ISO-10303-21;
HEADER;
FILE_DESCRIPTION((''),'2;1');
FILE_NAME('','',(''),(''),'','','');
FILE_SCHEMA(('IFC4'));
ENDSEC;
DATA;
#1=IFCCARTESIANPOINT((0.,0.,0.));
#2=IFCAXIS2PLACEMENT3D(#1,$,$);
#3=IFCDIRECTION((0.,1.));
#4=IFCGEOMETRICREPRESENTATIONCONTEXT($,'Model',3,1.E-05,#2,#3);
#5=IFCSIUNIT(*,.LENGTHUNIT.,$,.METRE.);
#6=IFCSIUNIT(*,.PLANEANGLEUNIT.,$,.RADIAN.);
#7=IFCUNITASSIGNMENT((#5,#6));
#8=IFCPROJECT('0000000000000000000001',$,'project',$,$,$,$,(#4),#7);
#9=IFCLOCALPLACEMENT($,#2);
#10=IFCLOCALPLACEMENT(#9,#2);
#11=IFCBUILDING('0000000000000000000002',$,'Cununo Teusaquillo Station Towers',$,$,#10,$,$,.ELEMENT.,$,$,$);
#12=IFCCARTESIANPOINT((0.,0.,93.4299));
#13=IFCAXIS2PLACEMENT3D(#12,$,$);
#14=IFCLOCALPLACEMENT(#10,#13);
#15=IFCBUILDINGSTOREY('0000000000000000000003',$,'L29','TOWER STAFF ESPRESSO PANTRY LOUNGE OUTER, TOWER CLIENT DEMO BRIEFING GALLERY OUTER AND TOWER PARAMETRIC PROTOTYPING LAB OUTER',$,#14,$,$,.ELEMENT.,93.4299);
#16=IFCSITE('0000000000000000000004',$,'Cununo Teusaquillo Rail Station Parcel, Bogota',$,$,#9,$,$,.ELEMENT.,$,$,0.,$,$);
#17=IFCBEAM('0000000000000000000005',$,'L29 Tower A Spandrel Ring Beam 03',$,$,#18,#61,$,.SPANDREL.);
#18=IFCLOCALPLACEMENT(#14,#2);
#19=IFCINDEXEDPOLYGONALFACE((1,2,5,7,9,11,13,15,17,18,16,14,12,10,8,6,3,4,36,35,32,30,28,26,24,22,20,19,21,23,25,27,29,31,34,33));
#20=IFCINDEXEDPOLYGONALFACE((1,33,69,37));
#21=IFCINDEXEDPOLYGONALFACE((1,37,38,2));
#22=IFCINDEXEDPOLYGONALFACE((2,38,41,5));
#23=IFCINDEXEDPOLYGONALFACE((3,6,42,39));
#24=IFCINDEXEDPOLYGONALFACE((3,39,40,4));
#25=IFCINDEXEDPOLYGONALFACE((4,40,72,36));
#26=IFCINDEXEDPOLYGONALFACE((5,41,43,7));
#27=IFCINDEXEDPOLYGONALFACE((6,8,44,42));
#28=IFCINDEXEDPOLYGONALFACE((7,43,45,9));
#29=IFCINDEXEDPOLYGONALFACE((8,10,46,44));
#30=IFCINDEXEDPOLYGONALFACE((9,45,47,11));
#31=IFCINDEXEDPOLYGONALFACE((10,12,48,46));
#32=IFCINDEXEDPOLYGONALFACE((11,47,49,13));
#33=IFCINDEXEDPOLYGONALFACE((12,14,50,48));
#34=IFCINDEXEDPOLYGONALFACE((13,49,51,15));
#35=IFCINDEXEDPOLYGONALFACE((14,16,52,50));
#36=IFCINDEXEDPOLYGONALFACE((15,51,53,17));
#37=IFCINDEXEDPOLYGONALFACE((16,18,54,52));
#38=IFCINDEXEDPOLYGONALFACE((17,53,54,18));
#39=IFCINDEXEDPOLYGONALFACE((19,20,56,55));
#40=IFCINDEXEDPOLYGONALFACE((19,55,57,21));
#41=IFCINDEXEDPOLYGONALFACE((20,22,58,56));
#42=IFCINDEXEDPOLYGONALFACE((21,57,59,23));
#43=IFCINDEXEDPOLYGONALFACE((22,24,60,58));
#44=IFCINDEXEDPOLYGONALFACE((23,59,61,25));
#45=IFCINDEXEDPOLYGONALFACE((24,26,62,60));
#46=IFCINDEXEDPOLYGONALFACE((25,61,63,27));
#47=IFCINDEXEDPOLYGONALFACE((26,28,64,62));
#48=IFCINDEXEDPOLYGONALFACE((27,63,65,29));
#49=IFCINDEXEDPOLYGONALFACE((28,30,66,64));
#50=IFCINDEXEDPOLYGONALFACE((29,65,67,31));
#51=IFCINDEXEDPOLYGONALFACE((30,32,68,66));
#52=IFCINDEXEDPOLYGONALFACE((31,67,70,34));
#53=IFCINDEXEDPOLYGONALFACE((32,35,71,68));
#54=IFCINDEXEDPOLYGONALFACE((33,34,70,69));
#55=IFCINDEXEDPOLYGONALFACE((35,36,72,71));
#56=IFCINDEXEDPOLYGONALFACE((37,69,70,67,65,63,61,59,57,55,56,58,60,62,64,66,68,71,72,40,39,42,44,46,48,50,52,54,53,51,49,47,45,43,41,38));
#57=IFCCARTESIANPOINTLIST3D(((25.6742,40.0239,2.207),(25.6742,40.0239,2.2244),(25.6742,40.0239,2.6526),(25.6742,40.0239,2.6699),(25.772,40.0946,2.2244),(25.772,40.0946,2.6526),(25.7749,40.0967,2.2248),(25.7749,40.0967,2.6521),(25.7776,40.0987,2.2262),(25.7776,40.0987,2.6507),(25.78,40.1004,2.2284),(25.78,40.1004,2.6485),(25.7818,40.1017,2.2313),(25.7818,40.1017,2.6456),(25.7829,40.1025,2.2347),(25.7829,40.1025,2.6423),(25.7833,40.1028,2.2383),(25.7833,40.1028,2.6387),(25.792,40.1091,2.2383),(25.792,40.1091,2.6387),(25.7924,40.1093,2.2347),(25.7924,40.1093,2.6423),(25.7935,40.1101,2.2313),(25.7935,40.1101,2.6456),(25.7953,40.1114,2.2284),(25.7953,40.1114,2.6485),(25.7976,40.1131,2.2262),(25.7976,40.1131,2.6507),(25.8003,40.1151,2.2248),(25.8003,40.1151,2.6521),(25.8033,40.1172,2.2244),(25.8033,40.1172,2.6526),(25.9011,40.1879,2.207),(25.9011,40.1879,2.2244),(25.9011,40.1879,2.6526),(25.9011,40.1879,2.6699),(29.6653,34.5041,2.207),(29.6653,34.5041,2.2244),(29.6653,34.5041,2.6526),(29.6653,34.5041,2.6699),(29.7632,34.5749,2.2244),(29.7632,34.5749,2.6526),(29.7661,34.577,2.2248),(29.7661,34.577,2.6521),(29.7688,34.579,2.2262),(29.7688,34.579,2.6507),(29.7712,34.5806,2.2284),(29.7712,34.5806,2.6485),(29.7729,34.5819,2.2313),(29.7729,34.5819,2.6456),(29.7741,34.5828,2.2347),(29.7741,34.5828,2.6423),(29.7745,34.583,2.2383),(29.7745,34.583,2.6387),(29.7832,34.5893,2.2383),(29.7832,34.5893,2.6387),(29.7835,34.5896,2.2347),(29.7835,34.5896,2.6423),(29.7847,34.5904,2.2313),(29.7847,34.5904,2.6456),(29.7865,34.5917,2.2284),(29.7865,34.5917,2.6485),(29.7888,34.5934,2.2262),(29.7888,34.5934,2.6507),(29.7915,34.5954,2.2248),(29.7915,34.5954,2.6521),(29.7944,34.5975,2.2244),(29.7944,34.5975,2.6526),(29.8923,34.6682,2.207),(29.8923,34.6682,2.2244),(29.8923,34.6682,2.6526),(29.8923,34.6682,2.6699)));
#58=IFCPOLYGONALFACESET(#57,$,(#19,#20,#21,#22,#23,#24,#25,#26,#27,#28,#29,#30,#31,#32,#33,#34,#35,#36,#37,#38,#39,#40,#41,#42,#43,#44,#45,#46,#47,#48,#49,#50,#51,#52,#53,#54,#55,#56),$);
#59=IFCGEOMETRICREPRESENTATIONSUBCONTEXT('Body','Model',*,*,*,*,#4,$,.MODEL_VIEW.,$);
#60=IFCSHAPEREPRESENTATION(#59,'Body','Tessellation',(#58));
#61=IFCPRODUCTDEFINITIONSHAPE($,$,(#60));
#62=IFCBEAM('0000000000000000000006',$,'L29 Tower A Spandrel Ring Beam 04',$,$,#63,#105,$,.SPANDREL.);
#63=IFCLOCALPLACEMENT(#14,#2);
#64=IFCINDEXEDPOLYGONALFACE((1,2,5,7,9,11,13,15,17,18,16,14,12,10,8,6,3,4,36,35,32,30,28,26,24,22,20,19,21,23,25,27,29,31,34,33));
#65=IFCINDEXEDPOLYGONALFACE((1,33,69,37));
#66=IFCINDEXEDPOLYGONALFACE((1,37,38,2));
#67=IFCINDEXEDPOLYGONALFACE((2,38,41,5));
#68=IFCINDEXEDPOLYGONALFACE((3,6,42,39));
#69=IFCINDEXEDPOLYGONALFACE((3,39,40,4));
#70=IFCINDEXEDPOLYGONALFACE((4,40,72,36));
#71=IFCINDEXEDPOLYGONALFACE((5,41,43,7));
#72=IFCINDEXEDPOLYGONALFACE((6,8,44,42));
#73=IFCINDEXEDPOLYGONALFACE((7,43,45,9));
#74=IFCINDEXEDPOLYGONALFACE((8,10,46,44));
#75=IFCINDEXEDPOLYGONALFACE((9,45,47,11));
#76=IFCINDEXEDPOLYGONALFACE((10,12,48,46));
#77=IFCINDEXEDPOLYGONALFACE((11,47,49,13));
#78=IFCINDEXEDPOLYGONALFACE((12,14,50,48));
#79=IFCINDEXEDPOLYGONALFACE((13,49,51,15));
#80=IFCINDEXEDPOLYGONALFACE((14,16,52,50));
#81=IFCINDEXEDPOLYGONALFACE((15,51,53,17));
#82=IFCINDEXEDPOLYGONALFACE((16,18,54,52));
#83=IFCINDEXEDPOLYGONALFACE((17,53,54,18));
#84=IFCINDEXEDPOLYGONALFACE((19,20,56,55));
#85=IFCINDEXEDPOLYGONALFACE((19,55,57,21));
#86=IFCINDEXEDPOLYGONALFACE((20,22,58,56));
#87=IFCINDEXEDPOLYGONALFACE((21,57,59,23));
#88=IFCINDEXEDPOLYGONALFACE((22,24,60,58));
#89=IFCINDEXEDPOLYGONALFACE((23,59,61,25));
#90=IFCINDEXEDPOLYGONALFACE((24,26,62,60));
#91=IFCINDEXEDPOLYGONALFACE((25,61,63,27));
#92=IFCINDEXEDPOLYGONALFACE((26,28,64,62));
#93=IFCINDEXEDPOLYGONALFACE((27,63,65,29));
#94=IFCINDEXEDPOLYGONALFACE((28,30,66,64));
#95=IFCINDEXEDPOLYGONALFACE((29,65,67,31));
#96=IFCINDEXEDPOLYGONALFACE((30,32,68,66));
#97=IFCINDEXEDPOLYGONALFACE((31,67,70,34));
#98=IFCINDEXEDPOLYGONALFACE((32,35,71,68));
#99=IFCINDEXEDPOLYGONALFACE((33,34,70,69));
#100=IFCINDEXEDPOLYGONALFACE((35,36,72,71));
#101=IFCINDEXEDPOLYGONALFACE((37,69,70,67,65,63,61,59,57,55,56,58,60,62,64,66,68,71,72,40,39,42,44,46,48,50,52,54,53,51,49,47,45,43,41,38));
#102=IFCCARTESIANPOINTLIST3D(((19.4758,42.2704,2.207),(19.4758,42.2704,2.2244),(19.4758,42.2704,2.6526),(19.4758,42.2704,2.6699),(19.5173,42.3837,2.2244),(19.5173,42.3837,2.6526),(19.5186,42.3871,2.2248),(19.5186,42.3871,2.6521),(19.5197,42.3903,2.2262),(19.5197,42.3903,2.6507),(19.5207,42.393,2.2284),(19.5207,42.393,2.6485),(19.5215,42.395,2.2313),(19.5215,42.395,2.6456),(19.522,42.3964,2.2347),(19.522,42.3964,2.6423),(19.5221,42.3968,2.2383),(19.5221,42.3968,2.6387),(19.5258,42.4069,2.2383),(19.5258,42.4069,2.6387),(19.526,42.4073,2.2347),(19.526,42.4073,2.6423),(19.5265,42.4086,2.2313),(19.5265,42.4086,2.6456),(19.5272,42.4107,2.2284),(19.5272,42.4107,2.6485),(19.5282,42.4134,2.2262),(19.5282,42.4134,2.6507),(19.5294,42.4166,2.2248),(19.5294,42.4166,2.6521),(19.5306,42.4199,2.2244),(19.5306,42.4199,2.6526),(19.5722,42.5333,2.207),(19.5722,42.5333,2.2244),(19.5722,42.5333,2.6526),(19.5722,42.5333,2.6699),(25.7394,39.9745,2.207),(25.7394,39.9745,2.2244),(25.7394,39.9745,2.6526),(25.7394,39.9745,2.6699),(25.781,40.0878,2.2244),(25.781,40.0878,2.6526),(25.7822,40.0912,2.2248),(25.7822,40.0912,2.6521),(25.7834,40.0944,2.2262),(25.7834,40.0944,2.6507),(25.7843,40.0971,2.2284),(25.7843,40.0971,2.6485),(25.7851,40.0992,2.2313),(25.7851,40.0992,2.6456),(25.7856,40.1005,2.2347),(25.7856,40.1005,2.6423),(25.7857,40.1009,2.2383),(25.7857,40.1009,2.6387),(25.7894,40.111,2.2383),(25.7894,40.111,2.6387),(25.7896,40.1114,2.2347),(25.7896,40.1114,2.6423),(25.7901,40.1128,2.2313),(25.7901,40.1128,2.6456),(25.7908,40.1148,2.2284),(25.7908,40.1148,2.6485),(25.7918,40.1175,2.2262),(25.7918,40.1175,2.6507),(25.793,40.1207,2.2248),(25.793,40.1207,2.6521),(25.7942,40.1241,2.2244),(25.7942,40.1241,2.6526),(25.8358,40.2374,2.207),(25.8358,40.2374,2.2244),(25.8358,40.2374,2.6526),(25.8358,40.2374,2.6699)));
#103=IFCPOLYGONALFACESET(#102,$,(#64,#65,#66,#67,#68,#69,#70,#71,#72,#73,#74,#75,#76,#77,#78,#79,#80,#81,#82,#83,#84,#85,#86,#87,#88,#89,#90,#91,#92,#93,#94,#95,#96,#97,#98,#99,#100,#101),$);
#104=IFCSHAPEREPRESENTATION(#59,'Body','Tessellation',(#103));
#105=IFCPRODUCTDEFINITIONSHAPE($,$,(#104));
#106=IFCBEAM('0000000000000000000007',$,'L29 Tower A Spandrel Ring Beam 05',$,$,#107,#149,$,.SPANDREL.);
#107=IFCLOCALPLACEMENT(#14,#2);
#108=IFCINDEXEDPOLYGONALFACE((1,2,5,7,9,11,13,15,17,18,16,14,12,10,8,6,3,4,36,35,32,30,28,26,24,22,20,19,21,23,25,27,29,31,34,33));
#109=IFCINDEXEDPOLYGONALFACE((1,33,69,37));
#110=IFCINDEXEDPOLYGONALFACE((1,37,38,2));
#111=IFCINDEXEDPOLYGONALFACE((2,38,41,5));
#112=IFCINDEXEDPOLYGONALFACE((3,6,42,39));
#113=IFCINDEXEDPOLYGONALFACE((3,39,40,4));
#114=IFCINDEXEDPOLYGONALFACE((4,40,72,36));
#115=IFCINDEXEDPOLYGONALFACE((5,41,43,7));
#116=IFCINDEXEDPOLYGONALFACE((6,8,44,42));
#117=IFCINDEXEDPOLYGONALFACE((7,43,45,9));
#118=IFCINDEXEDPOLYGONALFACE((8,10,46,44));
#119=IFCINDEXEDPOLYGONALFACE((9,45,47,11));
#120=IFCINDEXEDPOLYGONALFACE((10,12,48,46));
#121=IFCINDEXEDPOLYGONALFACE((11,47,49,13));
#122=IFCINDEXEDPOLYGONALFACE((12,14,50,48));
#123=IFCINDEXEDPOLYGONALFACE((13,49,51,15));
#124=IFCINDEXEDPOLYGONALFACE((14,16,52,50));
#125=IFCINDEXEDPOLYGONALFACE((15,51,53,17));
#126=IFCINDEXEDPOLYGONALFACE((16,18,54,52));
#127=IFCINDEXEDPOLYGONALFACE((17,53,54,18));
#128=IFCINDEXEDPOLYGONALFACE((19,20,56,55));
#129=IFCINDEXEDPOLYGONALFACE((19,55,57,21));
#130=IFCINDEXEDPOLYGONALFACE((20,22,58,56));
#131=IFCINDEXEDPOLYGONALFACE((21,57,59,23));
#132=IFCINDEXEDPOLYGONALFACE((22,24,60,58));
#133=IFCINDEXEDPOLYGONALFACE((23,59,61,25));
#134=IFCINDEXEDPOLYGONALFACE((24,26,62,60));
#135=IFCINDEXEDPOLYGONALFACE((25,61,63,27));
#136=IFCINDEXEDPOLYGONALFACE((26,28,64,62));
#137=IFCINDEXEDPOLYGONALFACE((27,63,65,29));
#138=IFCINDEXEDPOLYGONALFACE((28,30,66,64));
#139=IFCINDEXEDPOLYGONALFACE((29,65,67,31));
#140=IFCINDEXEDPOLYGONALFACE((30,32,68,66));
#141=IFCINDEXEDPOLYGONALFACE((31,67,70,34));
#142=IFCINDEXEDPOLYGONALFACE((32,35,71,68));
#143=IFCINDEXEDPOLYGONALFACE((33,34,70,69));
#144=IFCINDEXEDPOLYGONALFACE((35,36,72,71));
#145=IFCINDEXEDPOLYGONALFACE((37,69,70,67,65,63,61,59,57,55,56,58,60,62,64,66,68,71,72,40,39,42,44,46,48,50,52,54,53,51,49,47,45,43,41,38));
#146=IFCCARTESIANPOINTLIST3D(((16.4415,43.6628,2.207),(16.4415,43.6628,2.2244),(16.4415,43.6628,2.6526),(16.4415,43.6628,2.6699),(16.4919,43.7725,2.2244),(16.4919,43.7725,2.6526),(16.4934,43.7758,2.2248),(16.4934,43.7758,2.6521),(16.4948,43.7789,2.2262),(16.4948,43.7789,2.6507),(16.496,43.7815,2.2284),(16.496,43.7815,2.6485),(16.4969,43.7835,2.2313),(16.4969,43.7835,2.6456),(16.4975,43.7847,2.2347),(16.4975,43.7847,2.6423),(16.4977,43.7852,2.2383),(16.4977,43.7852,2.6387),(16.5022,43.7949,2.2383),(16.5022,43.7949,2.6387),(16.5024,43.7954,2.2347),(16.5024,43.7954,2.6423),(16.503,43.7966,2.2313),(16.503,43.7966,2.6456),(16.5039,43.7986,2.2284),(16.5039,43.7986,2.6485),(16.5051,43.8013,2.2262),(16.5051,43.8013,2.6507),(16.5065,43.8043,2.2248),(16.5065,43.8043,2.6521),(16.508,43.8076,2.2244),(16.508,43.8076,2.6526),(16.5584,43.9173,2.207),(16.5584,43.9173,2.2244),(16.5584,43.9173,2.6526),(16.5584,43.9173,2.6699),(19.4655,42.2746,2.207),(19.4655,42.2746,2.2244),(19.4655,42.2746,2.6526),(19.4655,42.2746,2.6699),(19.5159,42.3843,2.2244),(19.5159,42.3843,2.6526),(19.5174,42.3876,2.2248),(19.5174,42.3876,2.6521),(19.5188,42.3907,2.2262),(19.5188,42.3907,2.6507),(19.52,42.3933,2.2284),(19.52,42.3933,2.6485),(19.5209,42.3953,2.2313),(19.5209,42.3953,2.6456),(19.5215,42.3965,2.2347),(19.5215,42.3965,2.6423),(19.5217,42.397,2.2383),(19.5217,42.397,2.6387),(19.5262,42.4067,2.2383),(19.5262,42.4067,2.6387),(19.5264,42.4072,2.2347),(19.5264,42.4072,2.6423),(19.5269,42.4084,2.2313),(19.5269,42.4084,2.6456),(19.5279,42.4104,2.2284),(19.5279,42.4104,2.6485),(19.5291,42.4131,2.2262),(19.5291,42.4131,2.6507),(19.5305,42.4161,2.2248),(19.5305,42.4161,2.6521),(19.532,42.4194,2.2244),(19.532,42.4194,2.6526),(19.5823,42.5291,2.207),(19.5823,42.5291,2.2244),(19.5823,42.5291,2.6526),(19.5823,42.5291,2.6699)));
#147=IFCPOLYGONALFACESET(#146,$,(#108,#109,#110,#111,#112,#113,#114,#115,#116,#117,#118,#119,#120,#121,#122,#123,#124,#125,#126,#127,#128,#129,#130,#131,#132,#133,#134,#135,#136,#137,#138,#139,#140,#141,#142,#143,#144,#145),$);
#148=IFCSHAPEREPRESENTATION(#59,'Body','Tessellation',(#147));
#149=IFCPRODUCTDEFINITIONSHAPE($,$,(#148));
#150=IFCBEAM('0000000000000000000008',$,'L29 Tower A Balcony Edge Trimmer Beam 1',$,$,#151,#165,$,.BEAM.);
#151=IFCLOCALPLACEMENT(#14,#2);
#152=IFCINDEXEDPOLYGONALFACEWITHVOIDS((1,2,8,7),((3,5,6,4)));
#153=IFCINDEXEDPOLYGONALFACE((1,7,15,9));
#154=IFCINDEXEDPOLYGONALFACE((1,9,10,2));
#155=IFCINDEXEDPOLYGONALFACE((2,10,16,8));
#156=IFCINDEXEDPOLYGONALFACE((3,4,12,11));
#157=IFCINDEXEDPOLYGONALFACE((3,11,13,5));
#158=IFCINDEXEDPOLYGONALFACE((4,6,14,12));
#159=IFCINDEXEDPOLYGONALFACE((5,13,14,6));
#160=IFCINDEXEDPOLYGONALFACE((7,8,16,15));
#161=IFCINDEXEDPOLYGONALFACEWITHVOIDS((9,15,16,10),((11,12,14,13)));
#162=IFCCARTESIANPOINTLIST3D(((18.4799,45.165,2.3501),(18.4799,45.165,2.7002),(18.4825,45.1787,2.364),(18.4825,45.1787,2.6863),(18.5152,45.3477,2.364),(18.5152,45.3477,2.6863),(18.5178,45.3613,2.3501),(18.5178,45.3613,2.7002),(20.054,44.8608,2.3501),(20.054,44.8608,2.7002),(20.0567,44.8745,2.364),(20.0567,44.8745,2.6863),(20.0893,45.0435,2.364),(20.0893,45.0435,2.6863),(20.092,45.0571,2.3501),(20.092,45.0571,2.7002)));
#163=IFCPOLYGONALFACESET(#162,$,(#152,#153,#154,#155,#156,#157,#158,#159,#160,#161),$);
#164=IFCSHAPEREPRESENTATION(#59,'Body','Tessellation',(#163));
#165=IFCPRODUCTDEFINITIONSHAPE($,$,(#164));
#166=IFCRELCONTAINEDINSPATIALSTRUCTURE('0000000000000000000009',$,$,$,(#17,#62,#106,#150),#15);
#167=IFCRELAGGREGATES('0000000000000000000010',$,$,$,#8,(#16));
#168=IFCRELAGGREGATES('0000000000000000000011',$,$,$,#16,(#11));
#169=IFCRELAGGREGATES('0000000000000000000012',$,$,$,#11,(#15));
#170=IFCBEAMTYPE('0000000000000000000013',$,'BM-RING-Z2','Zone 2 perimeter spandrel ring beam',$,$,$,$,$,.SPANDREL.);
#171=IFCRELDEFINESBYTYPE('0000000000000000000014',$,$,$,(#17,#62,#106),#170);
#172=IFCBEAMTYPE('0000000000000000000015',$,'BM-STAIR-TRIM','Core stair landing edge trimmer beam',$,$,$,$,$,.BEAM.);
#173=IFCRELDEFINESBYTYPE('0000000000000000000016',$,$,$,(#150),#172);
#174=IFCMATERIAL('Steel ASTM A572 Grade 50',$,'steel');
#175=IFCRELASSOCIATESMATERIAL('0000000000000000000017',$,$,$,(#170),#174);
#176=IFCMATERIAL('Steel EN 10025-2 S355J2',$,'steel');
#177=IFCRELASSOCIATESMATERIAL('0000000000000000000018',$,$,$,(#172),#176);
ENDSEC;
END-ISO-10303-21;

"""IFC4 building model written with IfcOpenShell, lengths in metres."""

from ifc_helpers import new_model, si_unit, direction, frame, origin, origin_2d, place, context, subcontext, project, spatial, hollow_rectangle, i_section, extrude, material, material_profile, profile_set, type_object, element, save


model = new_model("IFC4")

# Units and contexts
model_context = context("Model", 3, precision=1e-05, world=origin(), true_north=direction((0.0, 1.0)))
body_context = subcontext(model_context, "Body", "Model", "MODEL_VIEW")
ifc_project = project(units=[si_unit("LENGTHUNIT", "METRE"), si_unit("PLANEANGLEUNIT", "RADIAN")], contexts=[model_context])

# Site, building, storey
site_placement = place(None, origin())
site = spatial("IfcSite", under=ifc_project, at=site_placement, Name="Cununo Teusaquillo Rail Station Parcel, Bogota", CompositionType="ELEMENT", RefElevation=0.0)
building_placement = place(site_placement, origin())
building = spatial("IfcBuilding", under=site, at=building_placement, Name="Cununo Teusaquillo Station Towers", CompositionType="ELEMENT")
storey_placement = place(building_placement, frame((0.0, 0.0, 93.4299)))
storey = spatial("IfcBuildingStorey", under=building, at=storey_placement, Name="L29", Description="TOWER STAFF ESPRESSO PANTRY LOUNGE OUTER, TOWER CLIENT DEMO BRIEFING GALLERY OUTER AND TOWER PARAMETRIC PROTOTYPING LAB OUTER", CompositionType="ELEMENT", Elevation=93.4299)

# Beams
ifc_material_1 = material(Name="Steel ASTM A572 Grade 50", Category="steel")
ifc_material_profile_1 = material_profile(ifc_material_1, i_section(OverallWidth=0.28, OverallDepth=0.4629, WebThickness=0.0107, FlangeThickness=0.0173, FilletRadius=0.0139, at=origin_2d()), Name="W18X76")
ifc_profile_set_1 = profile_set([ifc_material_profile_1], Name="Steel ASTM A572 Grade 50")
beam_type_1 = type_object("IfcBeamType", Name="BM-RING-Z2", Description="Zone 2 perimeter spandrel ring beam", PredefinedType="SPANDREL", material=ifc_profile_set_1)
beam_1_placement = place(storey_placement, frame((29.7788, 34.5862, 2.4385), z_axis=(-0.585945, 0.810351, 0.0), x_axis=(-0.810351, -0.585945, 0.0)))
element("IfcBeam", 1, at=beam_1_placement, inside=storey, type_object=beam_type_1, Name="L29 Tower A Spandrel Ring Beam 03", PredefinedType="SPANDREL", context=body_context, shape_type="SweptSolid", body=[
    extrude(i_section(OverallWidth=0.28, OverallDepth=0.4629, WebThickness=0.0107, FlangeThickness=0.0173, FilletRadius=0.0139, at=origin_2d()), origin(), (0.0, 0.0, 1.0), 6.8115),
])
beam_2_placement = place(storey_placement, frame((25.7876, 40.106, 2.4385), z_axis=(-0.938914, 0.344151, 0.0), x_axis=(-0.344151, -0.938914, 0.0)))
element("IfcBeam", 2, at=beam_2_placement, inside=storey, type_object=beam_type_1, Name="L29 Tower A Spandrel Ring Beam 04", PredefinedType="SPANDREL", context=body_context, shape_type="SweptSolid", body=[
    extrude(i_section(OverallWidth=0.28, OverallDepth=0.4629, WebThickness=0.0107, FlangeThickness=0.0173, FilletRadius=0.0139, at=origin_2d()), origin(), (0.0, 0.0, 1.0), 6.6711),
])
beam_3_placement = place(storey_placement, frame((19.5239, 42.4019, 2.4385), z_axis=(-0.908812, 0.417205, 0.0), x_axis=(-0.417205, -0.908812, 0.0)))
element("IfcBeam", 3, at=beam_3_placement, inside=storey, type_object=beam_type_1, Name="L29 Tower A Spandrel Ring Beam 05", PredefinedType="SPANDREL", context=body_context, shape_type="SweptSolid", body=[
    extrude(i_section(OverallWidth=0.28, OverallDepth=0.4629, WebThickness=0.0107, FlangeThickness=0.0173, FilletRadius=0.0139, at=origin_2d()), origin(), (0.0, 0.0, 1.0), 3.3274),
])
ifc_material_2 = material(Name="Steel EN 10025-2 S355J2", Category="steel")
ifc_material_profile_2 = material_profile(ifc_material_2, hollow_rectangle(XDim=0.2, YDim=0.3501, WallThickness=0.0139, at=origin_2d()), Name="RHS 350x200x14")
ifc_profile_set_2 = profile_set([ifc_material_profile_2], Name="Steel EN 10025-2 S355J2")
beam_type_2 = type_object("IfcBeamType", Name="BM-STAIR-TRIM", Description="Core stair landing edge trimmer beam", PredefinedType="BEAM", material=ifc_profile_set_2)
beam_4_placement = place(storey_placement, frame((20.073, 44.959, 2.5251), z_axis=(-0.981837, 0.189728, 0.0), x_axis=(-0.189728, -0.981837, 0.0)))
element("IfcBeam", 4, at=beam_4_placement, inside=storey, type_object=beam_type_2, Name="L29 Tower A Balcony Edge Trimmer Beam 1", PredefinedType="BEAM", context=body_context, shape_type="SweptSolid", body=[
    extrude(hollow_rectangle(XDim=0.2, YDim=0.3501, WallThickness=0.0139, at=origin_2d()), origin(), (0.0, 0.0, 1.0), 1.6033),
])

save(model, "model.ifc")
